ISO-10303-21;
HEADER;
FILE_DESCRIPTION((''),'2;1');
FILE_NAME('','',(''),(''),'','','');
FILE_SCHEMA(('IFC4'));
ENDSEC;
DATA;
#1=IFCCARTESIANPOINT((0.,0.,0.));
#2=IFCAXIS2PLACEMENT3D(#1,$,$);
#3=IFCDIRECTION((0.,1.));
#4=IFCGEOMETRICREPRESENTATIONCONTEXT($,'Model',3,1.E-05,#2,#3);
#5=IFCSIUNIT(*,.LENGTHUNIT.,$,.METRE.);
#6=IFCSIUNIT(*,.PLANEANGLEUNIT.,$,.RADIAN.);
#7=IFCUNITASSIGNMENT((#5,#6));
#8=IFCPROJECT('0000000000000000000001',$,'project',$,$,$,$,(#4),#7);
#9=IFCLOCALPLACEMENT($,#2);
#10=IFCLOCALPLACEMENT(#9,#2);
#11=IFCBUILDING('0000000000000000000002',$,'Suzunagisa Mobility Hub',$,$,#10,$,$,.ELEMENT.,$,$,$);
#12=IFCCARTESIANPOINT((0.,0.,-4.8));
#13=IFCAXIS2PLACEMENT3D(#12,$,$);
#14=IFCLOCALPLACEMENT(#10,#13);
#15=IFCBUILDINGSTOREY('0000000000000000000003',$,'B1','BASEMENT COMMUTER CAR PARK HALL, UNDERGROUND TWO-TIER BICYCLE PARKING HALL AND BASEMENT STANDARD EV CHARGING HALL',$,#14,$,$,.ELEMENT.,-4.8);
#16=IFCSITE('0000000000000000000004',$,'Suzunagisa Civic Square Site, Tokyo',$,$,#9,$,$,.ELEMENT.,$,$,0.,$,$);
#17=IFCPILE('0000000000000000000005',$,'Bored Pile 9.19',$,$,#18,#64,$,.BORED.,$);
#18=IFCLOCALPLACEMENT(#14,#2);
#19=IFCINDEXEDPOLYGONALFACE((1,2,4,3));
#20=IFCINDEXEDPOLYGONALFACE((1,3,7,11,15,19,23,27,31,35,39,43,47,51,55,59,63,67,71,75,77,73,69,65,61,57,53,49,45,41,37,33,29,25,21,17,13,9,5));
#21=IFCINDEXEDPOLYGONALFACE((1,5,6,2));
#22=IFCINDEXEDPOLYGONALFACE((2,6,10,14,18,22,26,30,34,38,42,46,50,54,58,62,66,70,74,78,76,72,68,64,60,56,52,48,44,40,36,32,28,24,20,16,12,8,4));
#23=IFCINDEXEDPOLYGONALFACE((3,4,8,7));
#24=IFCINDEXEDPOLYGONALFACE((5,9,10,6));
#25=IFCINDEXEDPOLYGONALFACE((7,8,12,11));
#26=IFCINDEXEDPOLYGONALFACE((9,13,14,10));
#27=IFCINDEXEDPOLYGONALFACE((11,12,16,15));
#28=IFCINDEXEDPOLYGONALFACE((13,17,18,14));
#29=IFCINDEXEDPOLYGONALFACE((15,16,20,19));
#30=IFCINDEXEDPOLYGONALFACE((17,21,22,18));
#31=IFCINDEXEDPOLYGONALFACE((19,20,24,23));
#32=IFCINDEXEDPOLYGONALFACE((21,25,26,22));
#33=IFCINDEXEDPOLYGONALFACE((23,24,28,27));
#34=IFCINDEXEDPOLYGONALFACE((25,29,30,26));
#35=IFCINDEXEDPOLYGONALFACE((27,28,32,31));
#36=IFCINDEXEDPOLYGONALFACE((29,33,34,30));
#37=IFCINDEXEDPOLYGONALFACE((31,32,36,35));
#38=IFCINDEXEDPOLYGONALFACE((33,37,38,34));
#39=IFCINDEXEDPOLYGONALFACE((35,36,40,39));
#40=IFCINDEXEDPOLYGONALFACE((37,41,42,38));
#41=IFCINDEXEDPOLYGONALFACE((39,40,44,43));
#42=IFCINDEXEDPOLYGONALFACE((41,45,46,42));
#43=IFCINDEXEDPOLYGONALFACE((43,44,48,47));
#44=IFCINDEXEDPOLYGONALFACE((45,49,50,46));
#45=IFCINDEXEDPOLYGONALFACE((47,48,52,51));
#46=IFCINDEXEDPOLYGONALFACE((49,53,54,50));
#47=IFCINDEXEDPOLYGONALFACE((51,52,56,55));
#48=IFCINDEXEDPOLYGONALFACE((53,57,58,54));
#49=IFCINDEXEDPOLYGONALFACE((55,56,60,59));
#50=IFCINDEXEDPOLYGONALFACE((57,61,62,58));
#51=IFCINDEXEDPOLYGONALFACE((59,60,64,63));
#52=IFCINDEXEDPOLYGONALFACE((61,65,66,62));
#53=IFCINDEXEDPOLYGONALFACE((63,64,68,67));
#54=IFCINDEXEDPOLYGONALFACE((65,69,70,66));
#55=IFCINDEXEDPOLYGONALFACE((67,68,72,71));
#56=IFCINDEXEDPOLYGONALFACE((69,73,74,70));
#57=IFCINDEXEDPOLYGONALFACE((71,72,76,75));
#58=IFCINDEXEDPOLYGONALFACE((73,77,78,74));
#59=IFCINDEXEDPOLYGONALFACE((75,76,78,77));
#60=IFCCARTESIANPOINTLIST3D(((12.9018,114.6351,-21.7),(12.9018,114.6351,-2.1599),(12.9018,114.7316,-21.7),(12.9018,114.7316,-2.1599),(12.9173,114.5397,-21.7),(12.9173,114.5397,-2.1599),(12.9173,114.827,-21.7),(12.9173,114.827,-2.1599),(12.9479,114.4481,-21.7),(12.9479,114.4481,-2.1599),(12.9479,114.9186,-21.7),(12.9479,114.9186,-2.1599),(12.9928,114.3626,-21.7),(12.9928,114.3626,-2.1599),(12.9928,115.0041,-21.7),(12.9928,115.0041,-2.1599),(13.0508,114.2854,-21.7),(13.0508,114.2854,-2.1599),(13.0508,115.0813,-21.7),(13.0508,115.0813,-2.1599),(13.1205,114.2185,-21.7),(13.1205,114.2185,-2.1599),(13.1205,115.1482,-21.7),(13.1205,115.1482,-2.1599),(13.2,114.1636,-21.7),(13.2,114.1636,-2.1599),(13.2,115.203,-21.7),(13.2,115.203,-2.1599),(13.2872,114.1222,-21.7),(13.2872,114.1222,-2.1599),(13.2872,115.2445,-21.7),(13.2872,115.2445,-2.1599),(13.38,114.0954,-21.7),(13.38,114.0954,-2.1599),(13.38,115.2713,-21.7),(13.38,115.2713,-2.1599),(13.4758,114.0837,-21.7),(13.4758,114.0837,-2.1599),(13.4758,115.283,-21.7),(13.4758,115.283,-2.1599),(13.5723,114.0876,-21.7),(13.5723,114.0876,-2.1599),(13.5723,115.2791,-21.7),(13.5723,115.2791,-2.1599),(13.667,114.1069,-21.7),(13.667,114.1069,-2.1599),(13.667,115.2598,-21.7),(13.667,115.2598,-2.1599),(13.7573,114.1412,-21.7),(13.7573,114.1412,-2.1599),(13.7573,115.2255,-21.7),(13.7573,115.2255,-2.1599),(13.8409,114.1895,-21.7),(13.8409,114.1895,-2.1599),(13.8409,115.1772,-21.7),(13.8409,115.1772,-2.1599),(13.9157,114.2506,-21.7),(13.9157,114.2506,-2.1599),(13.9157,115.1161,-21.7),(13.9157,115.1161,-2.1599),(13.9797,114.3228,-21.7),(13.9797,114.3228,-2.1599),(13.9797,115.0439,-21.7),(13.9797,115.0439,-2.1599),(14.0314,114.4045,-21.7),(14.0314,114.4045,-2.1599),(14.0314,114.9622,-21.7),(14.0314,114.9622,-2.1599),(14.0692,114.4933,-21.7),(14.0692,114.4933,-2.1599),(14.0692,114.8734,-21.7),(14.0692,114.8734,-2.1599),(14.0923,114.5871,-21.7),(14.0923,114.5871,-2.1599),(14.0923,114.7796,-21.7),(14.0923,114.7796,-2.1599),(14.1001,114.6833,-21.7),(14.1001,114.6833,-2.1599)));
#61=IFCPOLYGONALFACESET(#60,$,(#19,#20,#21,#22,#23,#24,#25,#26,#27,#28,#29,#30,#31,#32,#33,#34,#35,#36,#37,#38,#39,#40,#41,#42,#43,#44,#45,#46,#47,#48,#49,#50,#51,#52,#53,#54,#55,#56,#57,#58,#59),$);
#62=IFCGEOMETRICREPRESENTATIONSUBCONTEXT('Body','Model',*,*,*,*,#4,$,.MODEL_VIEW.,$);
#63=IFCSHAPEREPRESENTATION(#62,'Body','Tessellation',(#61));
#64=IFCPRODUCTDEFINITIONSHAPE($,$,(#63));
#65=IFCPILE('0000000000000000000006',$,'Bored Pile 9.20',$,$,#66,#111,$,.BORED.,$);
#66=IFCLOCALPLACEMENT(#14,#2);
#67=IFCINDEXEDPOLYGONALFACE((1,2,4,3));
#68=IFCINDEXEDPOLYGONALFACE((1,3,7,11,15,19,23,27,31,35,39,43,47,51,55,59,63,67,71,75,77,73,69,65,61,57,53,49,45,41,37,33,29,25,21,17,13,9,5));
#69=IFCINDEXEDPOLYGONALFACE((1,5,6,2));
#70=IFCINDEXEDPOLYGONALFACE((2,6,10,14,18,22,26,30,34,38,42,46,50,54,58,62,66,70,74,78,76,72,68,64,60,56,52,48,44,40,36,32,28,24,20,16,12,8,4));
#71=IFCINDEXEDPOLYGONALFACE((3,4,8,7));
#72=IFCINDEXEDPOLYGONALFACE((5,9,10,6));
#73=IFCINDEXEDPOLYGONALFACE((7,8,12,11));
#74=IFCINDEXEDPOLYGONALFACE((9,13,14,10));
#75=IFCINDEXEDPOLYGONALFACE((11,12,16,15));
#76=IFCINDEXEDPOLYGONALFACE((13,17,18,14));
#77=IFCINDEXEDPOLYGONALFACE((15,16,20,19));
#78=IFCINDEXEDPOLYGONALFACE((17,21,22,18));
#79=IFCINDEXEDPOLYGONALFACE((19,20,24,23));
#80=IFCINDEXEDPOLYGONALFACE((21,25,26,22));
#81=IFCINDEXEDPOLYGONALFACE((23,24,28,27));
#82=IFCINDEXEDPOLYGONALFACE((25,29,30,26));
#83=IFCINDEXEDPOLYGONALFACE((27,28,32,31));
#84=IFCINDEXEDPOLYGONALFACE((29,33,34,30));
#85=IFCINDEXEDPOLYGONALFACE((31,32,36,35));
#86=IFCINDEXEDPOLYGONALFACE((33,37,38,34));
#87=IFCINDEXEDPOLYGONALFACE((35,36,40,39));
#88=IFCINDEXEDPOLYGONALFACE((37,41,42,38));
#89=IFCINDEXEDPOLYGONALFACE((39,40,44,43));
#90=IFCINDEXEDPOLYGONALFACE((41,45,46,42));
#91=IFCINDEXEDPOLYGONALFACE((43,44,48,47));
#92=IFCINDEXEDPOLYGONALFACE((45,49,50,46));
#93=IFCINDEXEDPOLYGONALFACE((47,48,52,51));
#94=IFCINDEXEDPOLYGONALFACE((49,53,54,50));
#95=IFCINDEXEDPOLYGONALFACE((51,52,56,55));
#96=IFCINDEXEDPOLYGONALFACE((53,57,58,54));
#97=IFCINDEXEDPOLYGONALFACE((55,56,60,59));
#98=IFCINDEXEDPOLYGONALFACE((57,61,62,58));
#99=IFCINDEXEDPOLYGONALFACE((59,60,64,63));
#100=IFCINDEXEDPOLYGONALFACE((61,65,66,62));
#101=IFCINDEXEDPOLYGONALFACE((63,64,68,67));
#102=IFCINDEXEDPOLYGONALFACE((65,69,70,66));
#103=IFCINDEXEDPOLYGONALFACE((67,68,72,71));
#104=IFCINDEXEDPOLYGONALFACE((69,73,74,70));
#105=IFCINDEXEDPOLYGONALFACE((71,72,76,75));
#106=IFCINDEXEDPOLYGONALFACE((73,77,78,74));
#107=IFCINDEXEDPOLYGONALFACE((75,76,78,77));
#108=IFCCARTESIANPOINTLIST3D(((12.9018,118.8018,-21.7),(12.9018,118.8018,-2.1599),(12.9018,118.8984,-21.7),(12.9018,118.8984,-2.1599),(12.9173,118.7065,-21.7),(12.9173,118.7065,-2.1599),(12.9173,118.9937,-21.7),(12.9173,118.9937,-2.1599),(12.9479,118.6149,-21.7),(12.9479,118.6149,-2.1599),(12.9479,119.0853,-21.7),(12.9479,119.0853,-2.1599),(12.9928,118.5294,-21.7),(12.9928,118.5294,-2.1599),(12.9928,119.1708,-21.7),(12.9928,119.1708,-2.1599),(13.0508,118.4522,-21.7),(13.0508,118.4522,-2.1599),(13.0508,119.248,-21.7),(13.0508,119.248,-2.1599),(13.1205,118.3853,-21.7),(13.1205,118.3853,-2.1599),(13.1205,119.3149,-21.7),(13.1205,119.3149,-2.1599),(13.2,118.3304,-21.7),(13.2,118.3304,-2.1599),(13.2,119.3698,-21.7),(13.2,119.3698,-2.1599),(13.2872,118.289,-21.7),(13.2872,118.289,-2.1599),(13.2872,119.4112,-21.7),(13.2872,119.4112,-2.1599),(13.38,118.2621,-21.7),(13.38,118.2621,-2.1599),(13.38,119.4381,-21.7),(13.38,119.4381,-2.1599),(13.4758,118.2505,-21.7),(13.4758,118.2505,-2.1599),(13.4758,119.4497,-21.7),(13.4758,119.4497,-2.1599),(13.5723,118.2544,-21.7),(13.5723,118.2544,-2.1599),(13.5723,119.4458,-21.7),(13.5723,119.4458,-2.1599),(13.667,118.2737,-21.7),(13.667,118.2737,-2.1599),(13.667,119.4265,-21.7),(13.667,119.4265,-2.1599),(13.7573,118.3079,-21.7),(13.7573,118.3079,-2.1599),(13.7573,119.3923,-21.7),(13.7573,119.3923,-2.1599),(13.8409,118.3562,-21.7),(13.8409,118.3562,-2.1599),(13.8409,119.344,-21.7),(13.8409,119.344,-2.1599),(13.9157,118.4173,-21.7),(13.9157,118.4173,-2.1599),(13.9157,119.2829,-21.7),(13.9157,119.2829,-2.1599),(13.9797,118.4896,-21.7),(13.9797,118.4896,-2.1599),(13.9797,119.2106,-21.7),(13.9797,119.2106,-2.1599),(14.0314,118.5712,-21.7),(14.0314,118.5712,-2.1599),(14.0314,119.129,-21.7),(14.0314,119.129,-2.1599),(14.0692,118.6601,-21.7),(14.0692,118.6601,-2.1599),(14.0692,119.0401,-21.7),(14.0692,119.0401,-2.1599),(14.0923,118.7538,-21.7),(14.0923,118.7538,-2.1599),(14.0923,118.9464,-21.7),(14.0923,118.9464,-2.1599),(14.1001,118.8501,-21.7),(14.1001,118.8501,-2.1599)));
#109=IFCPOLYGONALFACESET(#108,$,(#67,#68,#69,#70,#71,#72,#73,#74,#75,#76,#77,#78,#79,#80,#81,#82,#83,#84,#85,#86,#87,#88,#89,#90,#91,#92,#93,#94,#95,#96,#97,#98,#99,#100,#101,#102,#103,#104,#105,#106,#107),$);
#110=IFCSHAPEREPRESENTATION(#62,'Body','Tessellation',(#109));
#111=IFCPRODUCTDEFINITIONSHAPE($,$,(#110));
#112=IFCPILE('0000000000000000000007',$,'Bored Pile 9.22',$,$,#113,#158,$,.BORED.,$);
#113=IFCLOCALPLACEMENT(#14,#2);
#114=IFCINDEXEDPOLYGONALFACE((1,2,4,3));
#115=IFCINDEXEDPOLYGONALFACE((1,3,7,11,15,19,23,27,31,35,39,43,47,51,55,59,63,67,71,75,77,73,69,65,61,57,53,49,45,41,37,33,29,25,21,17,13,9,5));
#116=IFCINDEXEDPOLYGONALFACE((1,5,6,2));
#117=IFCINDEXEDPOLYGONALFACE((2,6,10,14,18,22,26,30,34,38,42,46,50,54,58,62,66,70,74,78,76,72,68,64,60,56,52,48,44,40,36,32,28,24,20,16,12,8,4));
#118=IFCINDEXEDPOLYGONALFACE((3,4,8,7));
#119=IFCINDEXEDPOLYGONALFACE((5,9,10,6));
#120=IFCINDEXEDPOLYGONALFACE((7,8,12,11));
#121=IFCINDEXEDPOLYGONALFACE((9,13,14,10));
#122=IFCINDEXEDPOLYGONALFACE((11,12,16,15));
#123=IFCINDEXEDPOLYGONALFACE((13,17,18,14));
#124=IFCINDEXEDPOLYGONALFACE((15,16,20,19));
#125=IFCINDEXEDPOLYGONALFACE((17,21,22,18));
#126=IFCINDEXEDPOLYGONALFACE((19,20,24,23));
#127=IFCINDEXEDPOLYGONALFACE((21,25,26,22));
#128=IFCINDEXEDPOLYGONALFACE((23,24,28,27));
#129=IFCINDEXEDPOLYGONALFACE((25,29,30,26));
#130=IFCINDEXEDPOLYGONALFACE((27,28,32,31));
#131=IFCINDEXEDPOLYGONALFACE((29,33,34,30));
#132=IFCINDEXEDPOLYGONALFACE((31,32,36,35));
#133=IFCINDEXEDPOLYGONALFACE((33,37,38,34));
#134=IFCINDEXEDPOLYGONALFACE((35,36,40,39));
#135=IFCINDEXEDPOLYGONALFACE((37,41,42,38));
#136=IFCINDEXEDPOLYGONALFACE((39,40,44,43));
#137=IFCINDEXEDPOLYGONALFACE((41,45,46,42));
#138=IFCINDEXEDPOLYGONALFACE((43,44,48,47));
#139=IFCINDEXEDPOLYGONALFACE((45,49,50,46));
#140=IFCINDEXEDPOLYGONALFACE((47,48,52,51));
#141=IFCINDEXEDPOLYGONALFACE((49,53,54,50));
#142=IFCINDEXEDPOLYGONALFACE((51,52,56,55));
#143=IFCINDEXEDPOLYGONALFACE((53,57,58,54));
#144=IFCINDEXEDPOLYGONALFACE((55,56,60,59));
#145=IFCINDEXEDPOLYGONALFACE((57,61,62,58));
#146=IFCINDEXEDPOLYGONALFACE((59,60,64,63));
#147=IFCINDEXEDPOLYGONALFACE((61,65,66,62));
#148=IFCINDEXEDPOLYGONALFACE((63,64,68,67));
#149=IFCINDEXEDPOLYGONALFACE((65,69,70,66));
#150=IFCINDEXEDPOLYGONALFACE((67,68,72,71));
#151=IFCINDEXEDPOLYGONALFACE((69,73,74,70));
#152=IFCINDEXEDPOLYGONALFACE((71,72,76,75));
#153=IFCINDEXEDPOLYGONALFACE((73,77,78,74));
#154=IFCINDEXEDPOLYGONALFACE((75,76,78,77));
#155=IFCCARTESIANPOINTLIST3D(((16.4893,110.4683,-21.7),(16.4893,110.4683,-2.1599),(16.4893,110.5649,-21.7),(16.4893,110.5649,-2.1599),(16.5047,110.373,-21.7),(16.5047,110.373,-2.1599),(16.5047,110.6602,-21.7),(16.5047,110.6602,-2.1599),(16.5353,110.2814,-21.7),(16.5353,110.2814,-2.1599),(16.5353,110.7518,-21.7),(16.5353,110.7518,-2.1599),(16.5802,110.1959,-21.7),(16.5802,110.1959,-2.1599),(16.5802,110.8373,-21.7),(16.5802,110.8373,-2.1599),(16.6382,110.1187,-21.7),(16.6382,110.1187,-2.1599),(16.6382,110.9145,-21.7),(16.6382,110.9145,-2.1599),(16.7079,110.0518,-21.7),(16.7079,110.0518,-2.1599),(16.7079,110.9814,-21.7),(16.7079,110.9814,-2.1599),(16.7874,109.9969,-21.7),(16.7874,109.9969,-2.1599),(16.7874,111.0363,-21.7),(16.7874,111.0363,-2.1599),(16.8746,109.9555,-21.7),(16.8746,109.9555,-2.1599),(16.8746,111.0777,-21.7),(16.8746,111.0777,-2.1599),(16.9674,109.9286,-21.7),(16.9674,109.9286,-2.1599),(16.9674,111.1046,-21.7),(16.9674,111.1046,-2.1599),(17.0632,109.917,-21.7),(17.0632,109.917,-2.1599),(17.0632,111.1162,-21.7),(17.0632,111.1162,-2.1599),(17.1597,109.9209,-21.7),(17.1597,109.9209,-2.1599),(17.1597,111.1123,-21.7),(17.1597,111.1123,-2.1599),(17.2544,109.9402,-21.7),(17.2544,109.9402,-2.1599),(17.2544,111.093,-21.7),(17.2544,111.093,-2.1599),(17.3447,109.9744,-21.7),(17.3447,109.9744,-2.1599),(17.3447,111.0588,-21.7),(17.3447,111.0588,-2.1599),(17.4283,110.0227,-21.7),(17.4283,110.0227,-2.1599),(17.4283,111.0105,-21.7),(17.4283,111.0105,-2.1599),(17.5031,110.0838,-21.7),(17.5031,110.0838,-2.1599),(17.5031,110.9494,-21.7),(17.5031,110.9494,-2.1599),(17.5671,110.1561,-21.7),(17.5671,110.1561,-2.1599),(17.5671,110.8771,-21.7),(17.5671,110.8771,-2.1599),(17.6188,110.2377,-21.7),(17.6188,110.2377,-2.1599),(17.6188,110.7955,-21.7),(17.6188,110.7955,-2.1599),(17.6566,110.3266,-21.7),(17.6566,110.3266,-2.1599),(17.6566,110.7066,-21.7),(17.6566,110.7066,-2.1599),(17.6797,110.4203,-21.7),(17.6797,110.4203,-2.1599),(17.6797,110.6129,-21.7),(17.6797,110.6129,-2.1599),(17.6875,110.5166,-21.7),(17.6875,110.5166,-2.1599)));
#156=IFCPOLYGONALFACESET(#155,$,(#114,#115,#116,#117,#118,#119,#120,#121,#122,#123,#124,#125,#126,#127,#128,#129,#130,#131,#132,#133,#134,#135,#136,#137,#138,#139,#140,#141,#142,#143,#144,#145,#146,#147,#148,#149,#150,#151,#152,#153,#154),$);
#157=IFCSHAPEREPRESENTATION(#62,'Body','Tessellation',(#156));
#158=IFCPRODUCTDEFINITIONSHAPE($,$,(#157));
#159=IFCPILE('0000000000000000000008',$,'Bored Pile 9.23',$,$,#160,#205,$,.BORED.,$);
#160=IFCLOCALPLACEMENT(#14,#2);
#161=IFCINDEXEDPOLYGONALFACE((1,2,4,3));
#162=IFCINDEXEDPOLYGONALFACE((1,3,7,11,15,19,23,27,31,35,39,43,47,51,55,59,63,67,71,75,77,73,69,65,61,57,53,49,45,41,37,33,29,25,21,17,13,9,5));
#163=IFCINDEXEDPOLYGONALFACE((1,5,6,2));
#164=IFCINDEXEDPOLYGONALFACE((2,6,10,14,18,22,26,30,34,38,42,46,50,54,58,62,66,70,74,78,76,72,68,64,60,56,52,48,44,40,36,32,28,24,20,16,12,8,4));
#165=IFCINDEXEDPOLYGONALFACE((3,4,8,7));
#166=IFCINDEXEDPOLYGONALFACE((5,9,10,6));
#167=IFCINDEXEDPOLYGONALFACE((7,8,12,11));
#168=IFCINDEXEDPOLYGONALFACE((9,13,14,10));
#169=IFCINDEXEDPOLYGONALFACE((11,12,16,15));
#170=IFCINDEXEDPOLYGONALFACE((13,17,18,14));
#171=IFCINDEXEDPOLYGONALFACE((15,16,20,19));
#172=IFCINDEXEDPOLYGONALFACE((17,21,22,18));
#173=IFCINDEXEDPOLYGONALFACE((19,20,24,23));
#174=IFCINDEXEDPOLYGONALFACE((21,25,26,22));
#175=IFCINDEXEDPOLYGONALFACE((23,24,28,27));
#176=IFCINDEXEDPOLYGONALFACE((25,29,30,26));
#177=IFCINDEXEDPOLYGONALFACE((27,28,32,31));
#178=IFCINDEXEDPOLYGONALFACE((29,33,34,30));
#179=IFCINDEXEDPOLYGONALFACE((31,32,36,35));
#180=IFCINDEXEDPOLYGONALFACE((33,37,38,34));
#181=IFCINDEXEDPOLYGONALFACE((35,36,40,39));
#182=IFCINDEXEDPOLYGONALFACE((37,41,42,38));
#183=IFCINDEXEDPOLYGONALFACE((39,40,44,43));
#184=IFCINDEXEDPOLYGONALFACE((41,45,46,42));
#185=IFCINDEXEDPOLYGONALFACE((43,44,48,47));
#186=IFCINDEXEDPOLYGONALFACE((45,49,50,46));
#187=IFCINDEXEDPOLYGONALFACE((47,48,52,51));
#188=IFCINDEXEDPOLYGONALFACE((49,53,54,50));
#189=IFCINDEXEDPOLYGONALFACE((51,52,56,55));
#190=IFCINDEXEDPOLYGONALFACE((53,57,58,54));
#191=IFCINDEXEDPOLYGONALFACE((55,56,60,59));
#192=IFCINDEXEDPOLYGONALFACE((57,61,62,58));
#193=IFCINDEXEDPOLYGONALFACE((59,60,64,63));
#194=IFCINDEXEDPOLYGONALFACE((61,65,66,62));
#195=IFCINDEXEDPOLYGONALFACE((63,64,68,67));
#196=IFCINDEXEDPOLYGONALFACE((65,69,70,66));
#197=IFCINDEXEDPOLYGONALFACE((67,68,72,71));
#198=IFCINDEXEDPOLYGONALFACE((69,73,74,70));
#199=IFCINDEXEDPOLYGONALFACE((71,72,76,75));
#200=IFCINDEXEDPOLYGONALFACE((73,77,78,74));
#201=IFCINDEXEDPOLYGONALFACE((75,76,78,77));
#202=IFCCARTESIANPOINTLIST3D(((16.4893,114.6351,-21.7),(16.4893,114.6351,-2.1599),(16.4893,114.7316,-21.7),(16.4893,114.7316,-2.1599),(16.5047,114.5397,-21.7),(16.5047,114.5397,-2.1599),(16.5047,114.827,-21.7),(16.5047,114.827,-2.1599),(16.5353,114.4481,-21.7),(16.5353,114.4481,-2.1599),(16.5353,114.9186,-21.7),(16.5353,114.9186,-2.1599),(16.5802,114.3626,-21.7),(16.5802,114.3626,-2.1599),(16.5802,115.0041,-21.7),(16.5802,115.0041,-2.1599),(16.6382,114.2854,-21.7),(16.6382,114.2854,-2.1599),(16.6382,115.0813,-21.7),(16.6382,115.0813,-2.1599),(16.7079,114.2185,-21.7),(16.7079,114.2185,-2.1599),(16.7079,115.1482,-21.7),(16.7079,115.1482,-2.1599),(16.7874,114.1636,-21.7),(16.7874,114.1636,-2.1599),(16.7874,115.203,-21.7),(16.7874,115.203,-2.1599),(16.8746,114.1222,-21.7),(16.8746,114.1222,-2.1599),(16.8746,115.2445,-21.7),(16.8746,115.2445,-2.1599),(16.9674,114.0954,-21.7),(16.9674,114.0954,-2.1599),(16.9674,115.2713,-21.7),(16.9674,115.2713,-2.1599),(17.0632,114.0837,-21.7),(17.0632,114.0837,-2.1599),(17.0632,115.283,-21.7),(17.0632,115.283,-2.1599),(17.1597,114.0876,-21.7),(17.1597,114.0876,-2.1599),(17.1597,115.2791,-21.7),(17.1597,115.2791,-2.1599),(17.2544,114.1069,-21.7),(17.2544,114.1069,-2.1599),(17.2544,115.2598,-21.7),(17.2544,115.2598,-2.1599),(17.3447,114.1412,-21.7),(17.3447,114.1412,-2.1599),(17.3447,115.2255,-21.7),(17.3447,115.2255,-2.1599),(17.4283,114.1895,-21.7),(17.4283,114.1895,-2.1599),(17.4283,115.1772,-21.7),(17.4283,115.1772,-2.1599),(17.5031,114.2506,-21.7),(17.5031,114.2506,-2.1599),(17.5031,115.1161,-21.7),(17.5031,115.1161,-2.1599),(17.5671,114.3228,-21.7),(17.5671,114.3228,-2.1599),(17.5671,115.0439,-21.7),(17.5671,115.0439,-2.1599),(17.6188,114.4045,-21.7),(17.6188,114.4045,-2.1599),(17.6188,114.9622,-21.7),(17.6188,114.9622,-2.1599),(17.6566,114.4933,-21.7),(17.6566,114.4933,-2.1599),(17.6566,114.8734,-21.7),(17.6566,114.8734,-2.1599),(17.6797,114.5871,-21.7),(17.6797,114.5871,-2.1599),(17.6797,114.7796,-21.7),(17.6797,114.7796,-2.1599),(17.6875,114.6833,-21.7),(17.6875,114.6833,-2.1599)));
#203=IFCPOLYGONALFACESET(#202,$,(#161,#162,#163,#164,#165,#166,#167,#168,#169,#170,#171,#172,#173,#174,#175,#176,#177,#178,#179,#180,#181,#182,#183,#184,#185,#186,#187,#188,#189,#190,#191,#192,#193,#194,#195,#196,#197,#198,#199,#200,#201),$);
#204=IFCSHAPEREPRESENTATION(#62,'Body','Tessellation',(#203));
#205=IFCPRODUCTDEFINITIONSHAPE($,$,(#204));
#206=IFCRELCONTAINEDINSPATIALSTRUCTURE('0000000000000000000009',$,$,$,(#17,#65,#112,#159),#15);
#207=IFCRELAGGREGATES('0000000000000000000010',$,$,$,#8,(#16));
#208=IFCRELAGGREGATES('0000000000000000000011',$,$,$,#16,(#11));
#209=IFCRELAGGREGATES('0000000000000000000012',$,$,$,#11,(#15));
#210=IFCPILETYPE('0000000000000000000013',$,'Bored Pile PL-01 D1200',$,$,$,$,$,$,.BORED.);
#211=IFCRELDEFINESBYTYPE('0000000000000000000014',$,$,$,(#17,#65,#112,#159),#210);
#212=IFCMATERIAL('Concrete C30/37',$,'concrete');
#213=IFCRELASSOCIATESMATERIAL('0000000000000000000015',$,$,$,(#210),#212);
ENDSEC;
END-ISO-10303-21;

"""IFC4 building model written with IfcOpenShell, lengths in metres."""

from ifc_helpers import new_model, si_unit, direction, frame, origin, origin_2d, place, context, subcontext, project, spatial, circle, extrude, material, material_profile, profile_set, type_object, element, save


model = new_model("IFC4")

# Units and contexts
model_context = context("Model", 3, precision=1e-05, world=origin(), true_north=direction((0.0, 1.0)))
body_context = subcontext(model_context, "Body", "Model", "MODEL_VIEW")
ifc_project = project(units=[si_unit("LENGTHUNIT", "METRE"), si_unit("PLANEANGLEUNIT", "RADIAN")], contexts=[model_context])

# Site, building, storey
site_placement = place(None, origin())
site = spatial("IfcSite", under=ifc_project, at=site_placement, Name="Suzunagisa Civic Square Site, Tokyo", CompositionType="ELEMENT", RefElevation=0.0)
building_placement = place(site_placement, origin())
building = spatial("IfcBuilding", under=site, at=building_placement, Name="Suzunagisa Mobility Hub", CompositionType="ELEMENT")
storey_placement = place(building_placement, frame((0.0, 0.0, -4.8)))
storey = spatial("IfcBuildingStorey", under=building, at=storey_placement, Name="B1", Description="BASEMENT COMMUTER CAR PARK HALL, UNDERGROUND TWO-TIER BICYCLE PARKING HALL AND BASEMENT STANDARD EV CHARGING HALL", CompositionType="ELEMENT", Elevation=-4.8)

# Piles
ifc_material_1 = material(Name="Concrete C30/37", Category="concrete")
ifc_material_profile_1 = material_profile(ifc_material_1, circle(Radius=0.6001, at=origin_2d()), Name="BORED PILE D1200")
ifc_profile_set_1 = profile_set([ifc_material_profile_1], Name="Concrete C30/37")
pile_type = type_object("IfcPileType", Name="Bored Pile PL-01 D1200", PredefinedType="BORED", material=ifc_profile_set_1)
for number, where, z_axis, x_axis, name in (
    (1, (13.5, 114.6833, -2.1599), (0.0, 0.0, -1.0), (1.0, 0.0, 0.0), "Bored Pile 9.19"),
    (2, (13.5, 118.8501, -2.1599), (0.0, 0.0, -1.0), (1.0, 0.0, 0.0), "Bored Pile 9.20"),
    (3, (17.0874, 110.5166, -2.1599), (0.0, 0.0, -1.0), (1.0, 0.0, 0.0), "Bored Pile 9.22"),
    (4, (17.0874, 114.6833, -2.1599), (0.0, 0.0, -1.0), (1.0, 0.0, 0.0), "Bored Pile 9.23"),
):
    element("IfcPile", number, at=place(storey_placement, frame(where, z_axis=z_axis, x_axis=x_axis)), inside=storey, type_object=pile_type, Name=name, PredefinedType="BORED", context=body_context, shape_type="SweptSolid", body=[
        extrude(circle(Radius=0.6001, at=origin_2d()), origin(), (0.0, 0.0, 1.0), 19.54),
    ])

save(model, "model.ifc")
